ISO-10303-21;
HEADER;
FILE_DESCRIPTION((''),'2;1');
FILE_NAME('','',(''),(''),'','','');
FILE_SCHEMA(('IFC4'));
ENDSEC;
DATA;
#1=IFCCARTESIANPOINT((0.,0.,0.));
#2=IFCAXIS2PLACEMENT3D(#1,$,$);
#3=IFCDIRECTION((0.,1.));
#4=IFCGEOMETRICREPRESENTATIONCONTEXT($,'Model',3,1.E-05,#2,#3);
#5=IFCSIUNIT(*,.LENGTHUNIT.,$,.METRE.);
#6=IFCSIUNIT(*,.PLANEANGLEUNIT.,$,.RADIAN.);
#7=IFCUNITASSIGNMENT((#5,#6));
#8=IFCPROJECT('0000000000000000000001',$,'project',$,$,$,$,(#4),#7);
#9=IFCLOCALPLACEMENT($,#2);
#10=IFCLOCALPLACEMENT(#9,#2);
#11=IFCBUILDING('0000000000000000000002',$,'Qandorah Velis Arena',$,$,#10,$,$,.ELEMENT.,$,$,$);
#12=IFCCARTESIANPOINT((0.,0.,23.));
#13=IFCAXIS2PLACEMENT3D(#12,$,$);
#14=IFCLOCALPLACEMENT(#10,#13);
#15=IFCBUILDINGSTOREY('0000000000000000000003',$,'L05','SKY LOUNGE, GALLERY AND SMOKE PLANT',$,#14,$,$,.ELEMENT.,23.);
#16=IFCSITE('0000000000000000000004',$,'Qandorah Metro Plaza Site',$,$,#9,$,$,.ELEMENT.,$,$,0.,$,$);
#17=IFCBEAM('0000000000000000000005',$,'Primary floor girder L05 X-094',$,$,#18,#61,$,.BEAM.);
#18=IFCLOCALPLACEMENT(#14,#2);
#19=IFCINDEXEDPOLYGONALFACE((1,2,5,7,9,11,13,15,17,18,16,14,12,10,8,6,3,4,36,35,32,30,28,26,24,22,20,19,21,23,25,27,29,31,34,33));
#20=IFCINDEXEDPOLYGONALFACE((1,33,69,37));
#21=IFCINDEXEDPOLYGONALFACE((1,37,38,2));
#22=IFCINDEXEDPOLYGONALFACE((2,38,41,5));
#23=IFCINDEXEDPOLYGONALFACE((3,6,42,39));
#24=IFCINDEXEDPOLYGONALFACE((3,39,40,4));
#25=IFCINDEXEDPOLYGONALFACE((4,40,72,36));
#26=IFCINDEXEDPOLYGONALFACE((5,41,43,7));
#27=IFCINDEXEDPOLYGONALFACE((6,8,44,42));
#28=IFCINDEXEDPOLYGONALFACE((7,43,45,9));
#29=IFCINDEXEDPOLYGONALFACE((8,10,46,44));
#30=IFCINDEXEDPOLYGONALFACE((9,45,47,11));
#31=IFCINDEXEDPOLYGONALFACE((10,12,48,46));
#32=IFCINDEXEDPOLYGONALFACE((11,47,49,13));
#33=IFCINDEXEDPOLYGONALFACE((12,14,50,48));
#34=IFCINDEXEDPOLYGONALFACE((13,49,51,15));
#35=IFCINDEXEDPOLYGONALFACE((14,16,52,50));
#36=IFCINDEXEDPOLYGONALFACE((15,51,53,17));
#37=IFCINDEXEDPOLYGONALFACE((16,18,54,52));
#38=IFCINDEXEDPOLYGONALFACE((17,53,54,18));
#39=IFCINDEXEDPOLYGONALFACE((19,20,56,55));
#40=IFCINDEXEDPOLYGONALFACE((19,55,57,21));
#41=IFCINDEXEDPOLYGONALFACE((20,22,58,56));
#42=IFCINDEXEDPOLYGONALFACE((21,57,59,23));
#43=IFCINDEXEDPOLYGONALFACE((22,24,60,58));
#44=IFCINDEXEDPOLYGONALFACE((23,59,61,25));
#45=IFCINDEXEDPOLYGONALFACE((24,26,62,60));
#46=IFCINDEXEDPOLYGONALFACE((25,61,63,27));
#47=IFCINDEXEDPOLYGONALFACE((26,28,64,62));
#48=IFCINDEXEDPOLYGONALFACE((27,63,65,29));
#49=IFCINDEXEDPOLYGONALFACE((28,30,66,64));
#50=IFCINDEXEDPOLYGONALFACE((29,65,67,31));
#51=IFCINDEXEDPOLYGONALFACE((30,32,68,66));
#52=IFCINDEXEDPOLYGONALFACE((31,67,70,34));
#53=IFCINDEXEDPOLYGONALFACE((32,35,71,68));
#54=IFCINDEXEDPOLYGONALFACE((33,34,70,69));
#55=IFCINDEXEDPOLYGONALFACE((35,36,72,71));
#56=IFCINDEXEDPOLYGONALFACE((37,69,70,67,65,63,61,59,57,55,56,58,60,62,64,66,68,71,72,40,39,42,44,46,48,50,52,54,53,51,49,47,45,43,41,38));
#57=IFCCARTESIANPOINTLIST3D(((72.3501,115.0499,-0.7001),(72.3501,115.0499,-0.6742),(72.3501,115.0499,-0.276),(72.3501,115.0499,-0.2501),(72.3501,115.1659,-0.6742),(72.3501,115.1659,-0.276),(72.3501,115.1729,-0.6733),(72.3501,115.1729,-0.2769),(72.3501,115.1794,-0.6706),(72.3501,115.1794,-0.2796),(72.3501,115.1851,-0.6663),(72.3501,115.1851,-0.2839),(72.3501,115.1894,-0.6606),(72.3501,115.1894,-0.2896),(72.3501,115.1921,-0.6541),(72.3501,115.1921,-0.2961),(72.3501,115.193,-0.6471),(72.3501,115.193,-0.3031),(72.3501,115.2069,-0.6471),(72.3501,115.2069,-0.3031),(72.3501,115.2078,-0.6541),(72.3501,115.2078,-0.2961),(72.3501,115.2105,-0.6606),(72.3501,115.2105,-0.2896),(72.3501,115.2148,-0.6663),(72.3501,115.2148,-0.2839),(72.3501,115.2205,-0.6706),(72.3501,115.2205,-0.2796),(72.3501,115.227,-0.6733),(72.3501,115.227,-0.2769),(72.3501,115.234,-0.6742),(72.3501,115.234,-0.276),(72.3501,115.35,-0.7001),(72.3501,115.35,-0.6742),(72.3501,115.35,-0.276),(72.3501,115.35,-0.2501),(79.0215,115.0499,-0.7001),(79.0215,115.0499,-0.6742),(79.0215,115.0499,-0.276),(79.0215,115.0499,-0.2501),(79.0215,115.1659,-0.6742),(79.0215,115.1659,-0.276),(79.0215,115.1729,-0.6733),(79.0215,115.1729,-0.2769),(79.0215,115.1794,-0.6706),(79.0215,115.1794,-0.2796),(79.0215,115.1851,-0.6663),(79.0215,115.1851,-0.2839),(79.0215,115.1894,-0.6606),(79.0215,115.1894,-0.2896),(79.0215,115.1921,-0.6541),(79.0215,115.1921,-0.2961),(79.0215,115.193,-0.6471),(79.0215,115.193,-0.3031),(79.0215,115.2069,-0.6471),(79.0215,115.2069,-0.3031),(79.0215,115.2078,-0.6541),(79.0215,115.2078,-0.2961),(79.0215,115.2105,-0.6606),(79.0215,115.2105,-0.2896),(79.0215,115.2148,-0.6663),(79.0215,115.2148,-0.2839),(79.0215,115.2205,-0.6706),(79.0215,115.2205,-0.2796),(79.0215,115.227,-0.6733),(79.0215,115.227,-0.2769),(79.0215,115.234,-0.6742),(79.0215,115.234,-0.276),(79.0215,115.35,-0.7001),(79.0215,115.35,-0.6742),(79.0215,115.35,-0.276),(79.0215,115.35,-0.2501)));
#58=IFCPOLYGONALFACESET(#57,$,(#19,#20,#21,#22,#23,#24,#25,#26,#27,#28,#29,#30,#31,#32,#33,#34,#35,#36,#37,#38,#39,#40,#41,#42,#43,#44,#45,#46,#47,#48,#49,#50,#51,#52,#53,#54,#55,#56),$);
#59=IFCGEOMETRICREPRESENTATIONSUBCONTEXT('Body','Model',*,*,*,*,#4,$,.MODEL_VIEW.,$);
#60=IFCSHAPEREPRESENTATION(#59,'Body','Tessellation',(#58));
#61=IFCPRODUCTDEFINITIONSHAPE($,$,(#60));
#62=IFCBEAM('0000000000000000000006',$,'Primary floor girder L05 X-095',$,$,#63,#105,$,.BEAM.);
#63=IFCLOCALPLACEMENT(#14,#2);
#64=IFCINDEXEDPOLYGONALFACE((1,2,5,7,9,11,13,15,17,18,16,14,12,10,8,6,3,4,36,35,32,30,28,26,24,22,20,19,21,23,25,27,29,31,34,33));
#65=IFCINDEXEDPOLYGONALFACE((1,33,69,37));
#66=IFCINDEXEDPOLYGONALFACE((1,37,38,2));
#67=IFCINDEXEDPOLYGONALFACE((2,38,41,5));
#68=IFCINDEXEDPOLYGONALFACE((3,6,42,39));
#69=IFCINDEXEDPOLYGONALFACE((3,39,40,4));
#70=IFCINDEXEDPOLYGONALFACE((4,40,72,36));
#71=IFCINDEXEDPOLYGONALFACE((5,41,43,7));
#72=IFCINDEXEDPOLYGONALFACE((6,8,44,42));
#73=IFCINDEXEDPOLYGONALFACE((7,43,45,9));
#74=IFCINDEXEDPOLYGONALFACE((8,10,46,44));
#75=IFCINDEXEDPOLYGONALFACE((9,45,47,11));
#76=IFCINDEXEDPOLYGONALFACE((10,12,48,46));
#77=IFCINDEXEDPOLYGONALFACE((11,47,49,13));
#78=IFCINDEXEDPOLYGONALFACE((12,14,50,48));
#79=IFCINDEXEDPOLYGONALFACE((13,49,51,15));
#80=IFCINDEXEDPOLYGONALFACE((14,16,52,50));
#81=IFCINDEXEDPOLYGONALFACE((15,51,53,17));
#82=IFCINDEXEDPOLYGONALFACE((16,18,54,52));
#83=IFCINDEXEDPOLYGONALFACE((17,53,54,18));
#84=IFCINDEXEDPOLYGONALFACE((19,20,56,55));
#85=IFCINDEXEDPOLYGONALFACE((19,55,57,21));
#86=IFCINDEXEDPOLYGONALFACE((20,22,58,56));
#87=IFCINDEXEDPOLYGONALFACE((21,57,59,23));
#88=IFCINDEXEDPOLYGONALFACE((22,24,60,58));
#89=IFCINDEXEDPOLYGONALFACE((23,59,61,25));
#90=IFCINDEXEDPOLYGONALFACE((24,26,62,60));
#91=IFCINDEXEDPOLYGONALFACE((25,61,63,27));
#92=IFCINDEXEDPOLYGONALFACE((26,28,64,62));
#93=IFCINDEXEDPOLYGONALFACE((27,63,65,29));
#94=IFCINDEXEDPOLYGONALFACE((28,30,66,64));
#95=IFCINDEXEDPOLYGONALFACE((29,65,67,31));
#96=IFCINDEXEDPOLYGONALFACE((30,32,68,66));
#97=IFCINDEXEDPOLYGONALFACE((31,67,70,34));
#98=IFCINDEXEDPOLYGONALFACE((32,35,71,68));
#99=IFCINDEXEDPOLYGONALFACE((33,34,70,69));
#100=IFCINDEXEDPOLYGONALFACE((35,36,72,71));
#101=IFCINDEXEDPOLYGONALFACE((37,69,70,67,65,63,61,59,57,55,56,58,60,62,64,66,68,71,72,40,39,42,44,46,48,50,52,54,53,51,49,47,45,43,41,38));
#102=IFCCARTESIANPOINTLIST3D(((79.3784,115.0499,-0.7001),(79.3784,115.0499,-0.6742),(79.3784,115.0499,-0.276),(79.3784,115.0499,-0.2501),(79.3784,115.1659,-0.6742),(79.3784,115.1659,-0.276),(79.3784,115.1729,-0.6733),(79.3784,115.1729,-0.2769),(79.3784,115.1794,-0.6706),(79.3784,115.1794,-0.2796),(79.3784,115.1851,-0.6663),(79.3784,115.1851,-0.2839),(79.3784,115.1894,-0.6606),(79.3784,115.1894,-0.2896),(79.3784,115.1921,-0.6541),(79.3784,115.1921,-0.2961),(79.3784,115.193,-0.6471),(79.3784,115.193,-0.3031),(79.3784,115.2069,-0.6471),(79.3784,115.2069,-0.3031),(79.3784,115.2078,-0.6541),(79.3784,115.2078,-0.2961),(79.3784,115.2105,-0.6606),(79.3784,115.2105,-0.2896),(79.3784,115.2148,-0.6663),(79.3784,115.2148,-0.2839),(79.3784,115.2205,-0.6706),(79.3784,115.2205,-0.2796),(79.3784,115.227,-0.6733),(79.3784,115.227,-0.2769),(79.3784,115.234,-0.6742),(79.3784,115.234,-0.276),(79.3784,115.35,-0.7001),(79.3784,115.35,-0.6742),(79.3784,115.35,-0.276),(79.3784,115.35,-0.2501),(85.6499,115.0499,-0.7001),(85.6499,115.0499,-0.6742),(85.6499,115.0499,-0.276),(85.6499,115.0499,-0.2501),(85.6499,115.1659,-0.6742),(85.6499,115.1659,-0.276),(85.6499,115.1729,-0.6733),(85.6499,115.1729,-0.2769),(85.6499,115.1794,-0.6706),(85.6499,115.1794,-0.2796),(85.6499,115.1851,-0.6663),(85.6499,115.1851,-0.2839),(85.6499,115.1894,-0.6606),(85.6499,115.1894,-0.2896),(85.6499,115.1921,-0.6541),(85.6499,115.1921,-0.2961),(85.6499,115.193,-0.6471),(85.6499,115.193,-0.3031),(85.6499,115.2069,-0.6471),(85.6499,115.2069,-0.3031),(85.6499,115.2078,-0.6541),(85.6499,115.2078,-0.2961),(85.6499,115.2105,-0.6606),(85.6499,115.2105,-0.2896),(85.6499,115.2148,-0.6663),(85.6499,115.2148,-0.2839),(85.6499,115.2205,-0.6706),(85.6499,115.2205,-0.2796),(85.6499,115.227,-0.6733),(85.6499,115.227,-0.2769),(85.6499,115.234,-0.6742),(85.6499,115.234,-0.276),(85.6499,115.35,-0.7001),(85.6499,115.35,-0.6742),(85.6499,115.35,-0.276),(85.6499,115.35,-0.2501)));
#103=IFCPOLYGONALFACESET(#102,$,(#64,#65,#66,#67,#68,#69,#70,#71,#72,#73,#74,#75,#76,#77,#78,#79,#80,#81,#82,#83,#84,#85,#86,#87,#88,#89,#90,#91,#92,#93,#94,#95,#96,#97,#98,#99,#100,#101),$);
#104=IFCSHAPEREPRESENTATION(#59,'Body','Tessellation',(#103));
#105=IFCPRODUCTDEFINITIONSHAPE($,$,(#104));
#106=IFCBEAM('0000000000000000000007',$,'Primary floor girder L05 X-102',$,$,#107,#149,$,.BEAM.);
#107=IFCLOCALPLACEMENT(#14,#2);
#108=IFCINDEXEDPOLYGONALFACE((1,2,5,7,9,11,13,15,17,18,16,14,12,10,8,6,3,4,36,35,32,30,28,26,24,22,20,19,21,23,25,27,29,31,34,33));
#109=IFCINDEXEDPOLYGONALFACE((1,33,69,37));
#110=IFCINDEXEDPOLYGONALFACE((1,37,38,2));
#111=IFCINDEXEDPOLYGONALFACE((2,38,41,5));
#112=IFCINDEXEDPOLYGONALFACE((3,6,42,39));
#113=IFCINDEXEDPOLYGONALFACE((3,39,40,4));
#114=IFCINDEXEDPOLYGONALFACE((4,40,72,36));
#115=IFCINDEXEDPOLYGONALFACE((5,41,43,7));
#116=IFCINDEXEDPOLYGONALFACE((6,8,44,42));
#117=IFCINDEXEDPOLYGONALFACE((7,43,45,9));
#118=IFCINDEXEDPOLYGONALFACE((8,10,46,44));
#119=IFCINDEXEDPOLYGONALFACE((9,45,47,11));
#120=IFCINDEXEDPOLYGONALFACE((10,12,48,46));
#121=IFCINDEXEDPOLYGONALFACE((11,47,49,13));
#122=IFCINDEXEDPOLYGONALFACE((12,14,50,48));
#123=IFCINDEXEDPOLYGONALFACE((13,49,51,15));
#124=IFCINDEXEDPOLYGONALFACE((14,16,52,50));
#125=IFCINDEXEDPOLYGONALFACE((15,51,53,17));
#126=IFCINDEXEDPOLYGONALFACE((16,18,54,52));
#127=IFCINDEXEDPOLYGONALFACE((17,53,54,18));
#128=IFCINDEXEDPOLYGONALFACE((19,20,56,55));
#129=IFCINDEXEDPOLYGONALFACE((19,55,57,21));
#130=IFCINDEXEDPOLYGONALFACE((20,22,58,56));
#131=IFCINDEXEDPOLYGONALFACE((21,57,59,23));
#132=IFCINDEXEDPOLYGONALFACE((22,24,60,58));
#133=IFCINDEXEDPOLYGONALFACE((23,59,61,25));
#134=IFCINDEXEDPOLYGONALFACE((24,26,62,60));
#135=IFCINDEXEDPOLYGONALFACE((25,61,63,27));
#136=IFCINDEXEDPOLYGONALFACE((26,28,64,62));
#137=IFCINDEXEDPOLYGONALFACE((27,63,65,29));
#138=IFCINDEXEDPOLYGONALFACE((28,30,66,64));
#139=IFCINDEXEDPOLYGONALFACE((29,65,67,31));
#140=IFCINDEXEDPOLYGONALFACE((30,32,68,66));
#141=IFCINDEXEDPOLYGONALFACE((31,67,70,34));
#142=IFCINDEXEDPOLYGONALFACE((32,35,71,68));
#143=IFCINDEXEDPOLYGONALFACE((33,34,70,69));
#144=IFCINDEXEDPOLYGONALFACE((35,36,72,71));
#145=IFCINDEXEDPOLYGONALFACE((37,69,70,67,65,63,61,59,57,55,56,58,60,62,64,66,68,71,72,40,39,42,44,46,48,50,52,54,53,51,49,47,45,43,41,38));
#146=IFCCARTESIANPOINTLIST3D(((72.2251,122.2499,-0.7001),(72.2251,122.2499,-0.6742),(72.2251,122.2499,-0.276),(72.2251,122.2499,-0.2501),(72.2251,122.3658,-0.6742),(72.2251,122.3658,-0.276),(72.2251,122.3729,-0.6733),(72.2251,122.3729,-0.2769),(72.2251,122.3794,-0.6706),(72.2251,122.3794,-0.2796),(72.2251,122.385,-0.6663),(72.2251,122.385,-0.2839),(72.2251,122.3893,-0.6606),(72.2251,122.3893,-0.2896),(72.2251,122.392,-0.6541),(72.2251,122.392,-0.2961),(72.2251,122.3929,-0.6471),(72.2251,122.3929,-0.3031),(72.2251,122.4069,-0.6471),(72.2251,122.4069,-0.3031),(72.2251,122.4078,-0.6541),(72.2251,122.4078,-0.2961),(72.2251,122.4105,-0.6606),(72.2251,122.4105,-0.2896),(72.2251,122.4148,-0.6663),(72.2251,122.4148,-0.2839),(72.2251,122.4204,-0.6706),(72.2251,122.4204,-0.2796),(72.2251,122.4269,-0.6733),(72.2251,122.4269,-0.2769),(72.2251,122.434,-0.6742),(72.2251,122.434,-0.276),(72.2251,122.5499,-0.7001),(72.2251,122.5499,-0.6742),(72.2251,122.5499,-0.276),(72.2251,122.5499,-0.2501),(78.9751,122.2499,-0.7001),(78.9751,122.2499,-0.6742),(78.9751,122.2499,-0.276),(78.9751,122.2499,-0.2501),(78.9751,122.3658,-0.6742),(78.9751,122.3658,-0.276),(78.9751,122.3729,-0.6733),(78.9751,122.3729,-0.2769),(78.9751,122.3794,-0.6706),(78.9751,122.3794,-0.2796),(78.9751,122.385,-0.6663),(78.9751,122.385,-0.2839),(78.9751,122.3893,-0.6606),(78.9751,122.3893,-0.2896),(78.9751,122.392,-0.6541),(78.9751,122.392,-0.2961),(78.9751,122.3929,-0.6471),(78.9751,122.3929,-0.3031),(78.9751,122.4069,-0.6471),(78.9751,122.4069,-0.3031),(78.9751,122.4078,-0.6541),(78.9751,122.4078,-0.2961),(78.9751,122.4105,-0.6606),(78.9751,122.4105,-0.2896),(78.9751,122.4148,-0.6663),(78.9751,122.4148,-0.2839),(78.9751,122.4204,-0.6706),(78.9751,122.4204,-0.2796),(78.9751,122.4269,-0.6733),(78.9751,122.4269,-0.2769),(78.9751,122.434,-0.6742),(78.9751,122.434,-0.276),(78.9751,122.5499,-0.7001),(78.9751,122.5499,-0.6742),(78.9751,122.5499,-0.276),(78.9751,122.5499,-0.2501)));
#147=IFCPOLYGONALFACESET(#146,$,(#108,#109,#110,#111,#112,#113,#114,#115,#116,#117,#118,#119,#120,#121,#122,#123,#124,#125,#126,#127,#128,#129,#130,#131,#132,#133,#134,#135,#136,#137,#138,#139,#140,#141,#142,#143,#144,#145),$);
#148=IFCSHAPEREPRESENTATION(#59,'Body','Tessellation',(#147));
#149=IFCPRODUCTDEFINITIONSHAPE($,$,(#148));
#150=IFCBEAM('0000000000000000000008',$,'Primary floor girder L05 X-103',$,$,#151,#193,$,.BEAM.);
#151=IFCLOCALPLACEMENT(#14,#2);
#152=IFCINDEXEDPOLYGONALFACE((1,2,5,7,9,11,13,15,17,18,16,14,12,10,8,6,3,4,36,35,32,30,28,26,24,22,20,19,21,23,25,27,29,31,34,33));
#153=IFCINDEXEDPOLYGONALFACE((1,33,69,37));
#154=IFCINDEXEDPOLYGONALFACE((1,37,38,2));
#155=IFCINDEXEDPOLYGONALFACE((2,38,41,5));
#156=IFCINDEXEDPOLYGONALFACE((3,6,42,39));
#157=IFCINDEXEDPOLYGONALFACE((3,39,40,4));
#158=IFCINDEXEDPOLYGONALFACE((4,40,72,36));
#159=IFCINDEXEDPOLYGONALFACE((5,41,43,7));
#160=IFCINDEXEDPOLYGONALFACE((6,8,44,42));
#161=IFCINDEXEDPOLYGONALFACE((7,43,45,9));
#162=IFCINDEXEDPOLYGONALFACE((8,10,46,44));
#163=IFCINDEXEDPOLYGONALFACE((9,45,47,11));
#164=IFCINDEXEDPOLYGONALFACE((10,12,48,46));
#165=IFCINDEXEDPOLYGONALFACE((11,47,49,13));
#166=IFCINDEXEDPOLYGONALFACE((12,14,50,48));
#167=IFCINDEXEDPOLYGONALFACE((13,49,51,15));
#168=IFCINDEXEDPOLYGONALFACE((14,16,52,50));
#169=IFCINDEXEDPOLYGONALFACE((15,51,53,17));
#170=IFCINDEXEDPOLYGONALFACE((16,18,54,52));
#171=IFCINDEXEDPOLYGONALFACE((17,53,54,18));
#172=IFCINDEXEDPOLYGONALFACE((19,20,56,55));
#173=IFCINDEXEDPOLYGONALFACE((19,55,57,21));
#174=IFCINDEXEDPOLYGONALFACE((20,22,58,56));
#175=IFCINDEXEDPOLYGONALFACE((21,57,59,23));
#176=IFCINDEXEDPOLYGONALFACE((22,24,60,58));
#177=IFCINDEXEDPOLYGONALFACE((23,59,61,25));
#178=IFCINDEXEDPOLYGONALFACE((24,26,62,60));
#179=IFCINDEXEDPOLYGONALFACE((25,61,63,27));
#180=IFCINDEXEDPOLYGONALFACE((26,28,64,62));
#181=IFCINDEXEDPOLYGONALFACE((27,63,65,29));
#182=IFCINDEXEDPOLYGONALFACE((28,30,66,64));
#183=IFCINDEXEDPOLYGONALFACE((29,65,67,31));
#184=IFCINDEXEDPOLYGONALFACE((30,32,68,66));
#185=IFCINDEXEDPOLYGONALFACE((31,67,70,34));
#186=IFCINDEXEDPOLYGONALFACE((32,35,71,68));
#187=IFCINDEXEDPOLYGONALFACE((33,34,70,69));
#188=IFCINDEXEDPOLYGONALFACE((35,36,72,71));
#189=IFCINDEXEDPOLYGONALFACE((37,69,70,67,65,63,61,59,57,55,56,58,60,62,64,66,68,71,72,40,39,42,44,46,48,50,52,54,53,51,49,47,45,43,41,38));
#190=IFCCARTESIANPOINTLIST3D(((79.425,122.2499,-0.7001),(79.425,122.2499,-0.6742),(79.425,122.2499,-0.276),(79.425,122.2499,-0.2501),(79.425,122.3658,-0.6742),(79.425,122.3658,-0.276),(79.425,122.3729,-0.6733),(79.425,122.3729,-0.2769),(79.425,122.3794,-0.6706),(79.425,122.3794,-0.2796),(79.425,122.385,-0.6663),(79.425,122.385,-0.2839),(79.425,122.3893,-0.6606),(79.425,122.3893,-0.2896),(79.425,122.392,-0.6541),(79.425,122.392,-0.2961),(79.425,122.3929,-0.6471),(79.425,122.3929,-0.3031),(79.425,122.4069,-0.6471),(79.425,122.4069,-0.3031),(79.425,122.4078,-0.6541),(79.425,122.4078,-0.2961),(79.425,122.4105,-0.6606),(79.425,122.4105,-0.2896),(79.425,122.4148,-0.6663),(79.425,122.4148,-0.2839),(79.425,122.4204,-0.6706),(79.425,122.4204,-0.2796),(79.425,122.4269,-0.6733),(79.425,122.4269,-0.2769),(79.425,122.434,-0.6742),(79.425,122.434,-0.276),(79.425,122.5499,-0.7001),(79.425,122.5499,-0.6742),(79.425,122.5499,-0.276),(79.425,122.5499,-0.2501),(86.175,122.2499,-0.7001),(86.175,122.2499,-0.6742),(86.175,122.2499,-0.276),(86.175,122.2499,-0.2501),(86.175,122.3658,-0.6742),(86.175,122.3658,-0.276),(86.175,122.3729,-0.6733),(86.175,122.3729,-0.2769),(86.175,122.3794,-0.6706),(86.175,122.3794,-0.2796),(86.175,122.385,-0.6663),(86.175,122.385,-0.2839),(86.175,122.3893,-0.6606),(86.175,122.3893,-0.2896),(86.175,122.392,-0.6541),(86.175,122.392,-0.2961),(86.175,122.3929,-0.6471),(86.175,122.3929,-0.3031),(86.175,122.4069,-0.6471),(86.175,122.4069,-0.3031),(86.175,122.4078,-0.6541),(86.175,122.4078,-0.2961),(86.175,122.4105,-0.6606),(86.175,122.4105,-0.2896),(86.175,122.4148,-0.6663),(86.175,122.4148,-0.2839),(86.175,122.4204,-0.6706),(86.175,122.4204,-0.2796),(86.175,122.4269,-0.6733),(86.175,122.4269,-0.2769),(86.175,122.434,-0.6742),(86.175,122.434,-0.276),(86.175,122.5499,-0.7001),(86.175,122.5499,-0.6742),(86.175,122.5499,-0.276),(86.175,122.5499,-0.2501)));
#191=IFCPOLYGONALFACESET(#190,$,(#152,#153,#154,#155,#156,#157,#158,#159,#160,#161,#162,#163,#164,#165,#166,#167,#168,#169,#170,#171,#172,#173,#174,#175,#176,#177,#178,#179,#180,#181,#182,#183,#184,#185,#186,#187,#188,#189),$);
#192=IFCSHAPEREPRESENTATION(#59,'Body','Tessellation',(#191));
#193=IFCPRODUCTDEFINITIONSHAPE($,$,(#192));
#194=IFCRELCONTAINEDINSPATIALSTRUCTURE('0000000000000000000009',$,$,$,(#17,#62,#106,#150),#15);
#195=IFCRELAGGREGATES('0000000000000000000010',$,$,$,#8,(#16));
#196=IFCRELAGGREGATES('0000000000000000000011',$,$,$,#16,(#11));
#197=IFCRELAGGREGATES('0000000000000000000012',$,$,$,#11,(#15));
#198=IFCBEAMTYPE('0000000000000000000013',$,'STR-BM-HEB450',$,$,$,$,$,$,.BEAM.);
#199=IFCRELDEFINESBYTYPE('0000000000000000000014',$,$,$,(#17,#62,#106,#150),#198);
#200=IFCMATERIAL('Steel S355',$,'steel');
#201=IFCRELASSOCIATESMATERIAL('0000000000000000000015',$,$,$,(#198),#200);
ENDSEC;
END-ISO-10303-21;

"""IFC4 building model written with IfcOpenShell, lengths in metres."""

from ifc_helpers import new_model, si_unit, direction, frame, origin, origin_2d, place, context, subcontext, project, spatial, i_section, extrude, material, material_profile, profile_set, type_object, element, save


model = new_model("IFC4")

# Units and contexts
model_context = context("Model", 3, precision=1e-05, world=origin(), true_north=direction((0.0, 1.0)))
body_context = subcontext(model_context, "Body", "Model", "MODEL_VIEW")
ifc_project = project(units=[si_unit("LENGTHUNIT", "METRE"), si_unit("PLANEANGLEUNIT", "RADIAN")], contexts=[model_context])

# Site, building, storey
site_placement = place(None, origin())
site = spatial("IfcSite", under=ifc_project, at=site_placement, Name="Qandorah Metro Plaza Site", CompositionType="ELEMENT", RefElevation=0.0)
building_placement = place(site_placement, origin())
building = spatial("IfcBuilding", under=site, at=building_placement, Name="Qandorah Velis Arena", CompositionType="ELEMENT")
storey_placement = place(building_placement, frame((0.0, 0.0, 23.0)))
storey = spatial("IfcBuildingStorey", under=building, at=storey_placement, Name="L05", Description="SKY LOUNGE, GALLERY AND SMOKE PLANT", CompositionType="ELEMENT", Elevation=23.0)

# Beams
ifc_material_1 = material(Name="Steel S355", Category="steel")
ifc_material_profile_1 = material_profile(ifc_material_1, i_section(OverallWidth=0.3, OverallDepth=0.45, WebThickness=0.0139, FlangeThickness=0.0259, FilletRadius=0.0271, at=origin_2d()), Name="HEB 450")
ifc_profile_set_1 = profile_set([ifc_material_profile_1], Name="Steel S355")
beam_type_1 = type_object("IfcBeamType", Name="STR-BM-HEB450", PredefinedType="BEAM", material=ifc_profile_set_1)
beam_1_placement = place(storey_placement, frame((72.3501, 115.2, -0.4751), z_axis=(1.0, 0.0, 0.0), x_axis=(0.0, 1.0, 0.0)))
element("IfcBeam", 1, at=beam_1_placement, inside=storey, type_object=beam_type_1, Name="Primary floor girder L05 X-094", PredefinedType="BEAM", context=body_context, shape_type="SweptSolid", body=[
    extrude(i_section(OverallWidth=0.3, OverallDepth=0.45, WebThickness=0.0139, FlangeThickness=0.0259, FilletRadius=0.0271, at=origin_2d()), origin(), (0.0, 0.0, 1.0), 6.6714),
])
beam_2_placement = place(storey_placement, frame((79.3784, 115.2, -0.4751), z_axis=(1.0, 0.0, 0.0), x_axis=(0.0, 1.0, 0.0)))
element("IfcBeam", 2, at=beam_2_placement, inside=storey, type_object=beam_type_1, Name="Primary floor girder L05 X-095", PredefinedType="BEAM", context=body_context, shape_type="SweptSolid", body=[
    extrude(i_section(OverallWidth=0.3, OverallDepth=0.45, WebThickness=0.0139, FlangeThickness=0.0259, FilletRadius=0.0271, at=origin_2d()), origin(), (0.0, 0.0, 1.0), 6.2715),
])
for number, where, z_axis, x_axis, name in (
    (3, (72.2251, 122.3999, -0.4751), (1.0, 0.0, 0.0), (0.0, 1.0, 0.0), "Primary floor girder L05 X-102"),
    (4, (79.425, 122.3999, -0.4751), (1.0, 0.0, 0.0), (0.0, 1.0, 0.0), "Primary floor girder L05 X-103"),
):
    element("IfcBeam", number, at=place(storey_placement, frame(where, z_axis=z_axis, x_axis=x_axis)), inside=storey, type_object=beam_type_1, Name=name, PredefinedType="BEAM", context=body_context, shape_type="SweptSolid", body=[
        extrude(i_section(OverallWidth=0.3, OverallDepth=0.45, WebThickness=0.0139, FlangeThickness=0.0259, FilletRadius=0.0271, at=origin_2d()), origin(), (0.0, 0.0, 1.0), 6.75),
    ])

save(model, "model.ifc")
